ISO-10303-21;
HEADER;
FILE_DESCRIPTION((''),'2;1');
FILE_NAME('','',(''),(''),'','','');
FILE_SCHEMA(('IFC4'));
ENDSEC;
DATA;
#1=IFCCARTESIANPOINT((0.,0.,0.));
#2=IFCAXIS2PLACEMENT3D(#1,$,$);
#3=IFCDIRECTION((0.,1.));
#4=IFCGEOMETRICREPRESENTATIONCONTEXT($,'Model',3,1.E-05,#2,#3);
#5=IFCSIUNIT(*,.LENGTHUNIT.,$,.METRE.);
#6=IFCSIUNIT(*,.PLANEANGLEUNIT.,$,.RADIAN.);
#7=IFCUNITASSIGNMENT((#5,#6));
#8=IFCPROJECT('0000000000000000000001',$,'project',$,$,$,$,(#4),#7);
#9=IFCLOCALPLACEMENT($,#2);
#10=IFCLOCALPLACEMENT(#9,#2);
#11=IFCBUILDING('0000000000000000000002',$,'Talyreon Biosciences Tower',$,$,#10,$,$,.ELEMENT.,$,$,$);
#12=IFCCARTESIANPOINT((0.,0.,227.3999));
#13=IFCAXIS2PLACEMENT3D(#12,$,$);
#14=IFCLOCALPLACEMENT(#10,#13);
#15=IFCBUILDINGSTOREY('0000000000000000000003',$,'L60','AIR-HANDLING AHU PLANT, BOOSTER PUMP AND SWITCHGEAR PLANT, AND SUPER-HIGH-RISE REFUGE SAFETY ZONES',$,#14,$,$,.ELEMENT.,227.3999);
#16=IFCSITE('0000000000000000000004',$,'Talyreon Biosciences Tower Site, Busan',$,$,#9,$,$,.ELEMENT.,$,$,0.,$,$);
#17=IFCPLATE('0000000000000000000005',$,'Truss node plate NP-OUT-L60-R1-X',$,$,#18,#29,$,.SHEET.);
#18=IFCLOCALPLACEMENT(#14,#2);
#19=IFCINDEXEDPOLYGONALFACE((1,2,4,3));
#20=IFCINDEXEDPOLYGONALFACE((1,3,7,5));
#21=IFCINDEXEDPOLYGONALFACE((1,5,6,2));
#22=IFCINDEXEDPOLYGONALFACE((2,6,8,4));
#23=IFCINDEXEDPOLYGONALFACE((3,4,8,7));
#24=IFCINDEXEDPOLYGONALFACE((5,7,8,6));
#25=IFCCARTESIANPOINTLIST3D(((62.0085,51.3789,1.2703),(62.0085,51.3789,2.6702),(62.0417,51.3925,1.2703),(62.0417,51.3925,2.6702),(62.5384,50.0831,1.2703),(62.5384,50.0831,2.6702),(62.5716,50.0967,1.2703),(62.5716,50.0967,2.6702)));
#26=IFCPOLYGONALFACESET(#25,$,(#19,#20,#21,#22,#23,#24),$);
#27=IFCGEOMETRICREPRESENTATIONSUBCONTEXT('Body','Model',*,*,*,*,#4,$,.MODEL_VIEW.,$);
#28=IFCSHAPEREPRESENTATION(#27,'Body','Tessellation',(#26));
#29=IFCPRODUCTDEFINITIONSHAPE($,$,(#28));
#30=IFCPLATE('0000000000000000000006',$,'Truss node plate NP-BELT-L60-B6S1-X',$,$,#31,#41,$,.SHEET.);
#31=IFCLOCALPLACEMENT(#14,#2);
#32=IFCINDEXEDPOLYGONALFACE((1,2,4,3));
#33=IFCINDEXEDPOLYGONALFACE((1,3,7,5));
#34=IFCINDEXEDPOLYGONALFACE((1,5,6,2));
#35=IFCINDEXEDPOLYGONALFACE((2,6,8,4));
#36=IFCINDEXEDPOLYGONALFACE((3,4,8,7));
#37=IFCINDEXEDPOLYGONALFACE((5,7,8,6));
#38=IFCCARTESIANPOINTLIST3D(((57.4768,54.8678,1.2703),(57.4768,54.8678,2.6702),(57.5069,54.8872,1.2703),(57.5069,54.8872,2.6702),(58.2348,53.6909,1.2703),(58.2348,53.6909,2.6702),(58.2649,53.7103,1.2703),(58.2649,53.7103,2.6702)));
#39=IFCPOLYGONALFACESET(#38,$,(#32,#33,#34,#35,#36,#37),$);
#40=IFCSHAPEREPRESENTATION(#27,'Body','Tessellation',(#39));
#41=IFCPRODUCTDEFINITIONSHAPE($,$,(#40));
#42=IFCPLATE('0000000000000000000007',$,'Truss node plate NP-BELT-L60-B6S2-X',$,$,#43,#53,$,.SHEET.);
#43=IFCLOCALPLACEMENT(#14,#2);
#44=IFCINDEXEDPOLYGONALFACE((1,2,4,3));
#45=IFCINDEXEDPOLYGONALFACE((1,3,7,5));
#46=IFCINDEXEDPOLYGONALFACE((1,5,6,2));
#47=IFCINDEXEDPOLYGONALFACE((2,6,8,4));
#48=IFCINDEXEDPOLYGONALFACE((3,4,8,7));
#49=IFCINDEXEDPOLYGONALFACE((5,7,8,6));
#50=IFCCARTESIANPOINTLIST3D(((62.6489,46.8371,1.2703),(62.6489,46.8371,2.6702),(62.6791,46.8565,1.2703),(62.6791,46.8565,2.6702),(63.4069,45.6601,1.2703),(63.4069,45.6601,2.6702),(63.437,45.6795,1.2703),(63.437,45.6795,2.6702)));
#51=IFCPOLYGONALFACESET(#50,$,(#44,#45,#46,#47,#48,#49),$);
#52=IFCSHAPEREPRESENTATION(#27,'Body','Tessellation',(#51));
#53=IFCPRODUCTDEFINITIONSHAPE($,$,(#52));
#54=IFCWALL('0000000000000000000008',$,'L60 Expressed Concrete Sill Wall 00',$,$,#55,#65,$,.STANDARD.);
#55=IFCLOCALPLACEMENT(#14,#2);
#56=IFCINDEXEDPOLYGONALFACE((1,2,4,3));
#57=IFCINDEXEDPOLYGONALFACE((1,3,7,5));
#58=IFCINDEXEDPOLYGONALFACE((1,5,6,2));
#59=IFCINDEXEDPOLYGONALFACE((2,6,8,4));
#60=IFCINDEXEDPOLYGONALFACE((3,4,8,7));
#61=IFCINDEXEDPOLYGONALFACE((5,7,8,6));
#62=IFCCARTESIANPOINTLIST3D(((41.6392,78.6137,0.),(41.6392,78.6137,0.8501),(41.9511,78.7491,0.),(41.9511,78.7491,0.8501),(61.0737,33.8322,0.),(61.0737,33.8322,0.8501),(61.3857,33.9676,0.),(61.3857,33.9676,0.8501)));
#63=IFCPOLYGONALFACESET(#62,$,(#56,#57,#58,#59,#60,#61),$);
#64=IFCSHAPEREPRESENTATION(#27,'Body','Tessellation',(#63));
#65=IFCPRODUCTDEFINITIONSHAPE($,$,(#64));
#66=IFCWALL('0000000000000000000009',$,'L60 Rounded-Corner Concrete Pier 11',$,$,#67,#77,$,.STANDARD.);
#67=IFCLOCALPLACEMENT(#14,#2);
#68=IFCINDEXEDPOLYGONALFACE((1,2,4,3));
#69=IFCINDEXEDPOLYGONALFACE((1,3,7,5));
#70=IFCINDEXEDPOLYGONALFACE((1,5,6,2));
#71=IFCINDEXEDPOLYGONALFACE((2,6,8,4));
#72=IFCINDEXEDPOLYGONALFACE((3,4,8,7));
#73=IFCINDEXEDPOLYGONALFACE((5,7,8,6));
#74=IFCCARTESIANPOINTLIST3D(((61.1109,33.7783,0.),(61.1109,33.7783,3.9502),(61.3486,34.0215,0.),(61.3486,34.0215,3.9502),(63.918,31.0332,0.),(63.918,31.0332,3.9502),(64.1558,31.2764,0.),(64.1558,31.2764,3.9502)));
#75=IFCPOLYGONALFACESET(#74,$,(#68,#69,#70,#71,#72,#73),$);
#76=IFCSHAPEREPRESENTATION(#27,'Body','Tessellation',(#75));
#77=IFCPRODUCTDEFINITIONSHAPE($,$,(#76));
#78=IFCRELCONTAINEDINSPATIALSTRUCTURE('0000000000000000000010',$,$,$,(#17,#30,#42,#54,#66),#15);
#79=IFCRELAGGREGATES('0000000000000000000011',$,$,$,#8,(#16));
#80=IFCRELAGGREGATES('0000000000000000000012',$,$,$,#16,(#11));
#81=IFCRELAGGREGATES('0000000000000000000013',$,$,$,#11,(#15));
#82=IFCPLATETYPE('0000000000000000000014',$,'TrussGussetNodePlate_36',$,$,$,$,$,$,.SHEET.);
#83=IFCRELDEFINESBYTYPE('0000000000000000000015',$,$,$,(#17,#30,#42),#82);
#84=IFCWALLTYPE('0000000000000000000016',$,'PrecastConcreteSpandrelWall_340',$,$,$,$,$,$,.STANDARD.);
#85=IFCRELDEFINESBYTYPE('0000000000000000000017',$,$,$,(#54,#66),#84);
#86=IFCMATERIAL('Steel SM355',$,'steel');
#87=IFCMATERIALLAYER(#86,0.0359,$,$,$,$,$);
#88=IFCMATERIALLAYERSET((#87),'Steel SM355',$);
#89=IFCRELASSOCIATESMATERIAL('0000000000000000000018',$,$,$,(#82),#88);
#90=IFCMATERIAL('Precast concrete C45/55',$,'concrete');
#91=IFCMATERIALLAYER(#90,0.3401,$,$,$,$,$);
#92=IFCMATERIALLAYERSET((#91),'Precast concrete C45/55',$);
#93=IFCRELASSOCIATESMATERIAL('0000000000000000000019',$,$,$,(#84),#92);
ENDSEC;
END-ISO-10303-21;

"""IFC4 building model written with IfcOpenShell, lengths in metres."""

from ifc_helpers import new_model, si_unit, direction, frame, frame_2d, origin, origin_2d, place, context, subcontext, project, spatial, rectangle, extrude, material, layer, layer_set, type_object, element, save


model = new_model("IFC4")

# Units and contexts
model_context = context("Model", 3, precision=1e-05, world=origin(), true_north=direction((0.0, 1.0)))
body_context = subcontext(model_context, "Body", "Model", "MODEL_VIEW")
ifc_project = project(units=[si_unit("LENGTHUNIT", "METRE"), si_unit("PLANEANGLEUNIT", "RADIAN")], contexts=[model_context])

# Site, building, storey
site_placement = place(None, origin())
site = spatial("IfcSite", under=ifc_project, at=site_placement, Name="Talyreon Biosciences Tower Site, Busan", CompositionType="ELEMENT", RefElevation=0.0)
building_placement = place(site_placement, origin())
building = spatial("IfcBuilding", under=site, at=building_placement, Name="Talyreon Biosciences Tower", CompositionType="ELEMENT")
storey_placement = place(building_placement, frame((0.0, 0.0, 227.3999)))
storey = spatial("IfcBuildingStorey", under=building, at=storey_placement, Name="L60", Description="AIR-HANDLING AHU PLANT, BOOSTER PUMP AND SWITCHGEAR PLANT, AND SUPER-HIGH-RISE REFUGE SAFETY ZONES", CompositionType="ELEMENT", Elevation=227.3999)

# Shared definitions
ifc_material_1 = material(Name="Steel SM355", Category="steel")

# Plates
ifc_layer_1 = layer(ifc_material_1, 0.0359)
ifc_layer_set_1 = layer_set([ifc_layer_1], Name="Steel SM355")
plate_type_1 = type_object("IfcPlateType", Name="TrussGussetNodePlate_36", PredefinedType="SHEET", material=ifc_layer_set_1)
for number, where, z_axis, x_axis, name in (
    (1, (62.29, 50.7378, 1.2703), (0.0, 0.0, 1.0), (0.378536, -0.925587, 0.0), "Truss node plate NP-OUT-L60-R1-X"),
    (2, (57.8708, 54.2891, 1.2703), (0.0, 0.0, 1.0), (0.541459, -0.840727, 0.0), "Truss node plate NP-BELT-L60-B6S1-X"),
    (3, (63.043, 46.2583, 1.2703), (0.0, 0.0, 1.0), (0.541459, -0.840727, 0.0), "Truss node plate NP-BELT-L60-B6S2-X"),
):
    element("IfcPlate", number, at=place(storey_placement, frame(where, z_axis=z_axis, x_axis=x_axis)), inside=storey, type_object=plate_type_1, Name=name, PredefinedType="SHEET", context=body_context, shape_type="SweptSolid", body=[
        extrude(rectangle(XDim=1.3999, YDim=0.0359, at=origin_2d()), origin(), (0.0, 0.0, 1.0), 1.3999),
    ])

# Walls
ifc_material_2 = material(Name="Precast concrete C45/55", Category="concrete")
ifc_layer_2 = layer(ifc_material_2, 0.3401)
ifc_layer_set_2 = layer_set([ifc_layer_2], Name="Precast concrete C45/55")
wall_type = type_object("IfcWallType", Name="PrecastConcreteSpandrelWall_340", PredefinedType="STANDARD", material=ifc_layer_set_2)
wall_1_placement = place(storey_placement, frame((61.2297, 33.8999, 0.0), z_axis=(0.0, 0.0, 1.0), x_axis=(-0.398112, 0.917337, 0.0)))
element("IfcWall", 4, at=wall_1_placement, inside=storey, type_object=wall_type, Name="L60 Expressed Concrete Sill Wall 00", PredefinedType="STANDARD", context=body_context, shape_type="SweptSolid", body=[
    extrude(rectangle(XDim=48.8169, YDim=0.3401, at=frame_2d((24.4084, 0.0))), origin(), (0.0, 0.0, 1.0), 0.8501),
])
wall_2_placement = place(storey_placement, frame((64.0369, 31.1548, 0.0), z_axis=(0.0, 0.0, 1.0), x_axis=(-0.71496, 0.699166, 0.0)))
element("IfcWall", 5, at=wall_2_placement, inside=storey, type_object=wall_type, Name="L60 Rounded-Corner Concrete Pier 11", PredefinedType="STANDARD", context=body_context, shape_type="SweptSolid", body=[
    extrude(rectangle(XDim=3.9263, YDim=0.3401, at=frame_2d((1.9631, 0.0))), origin(), (0.0, 0.0, 1.0), 3.9502),
])

save(model, "model.ifc")
